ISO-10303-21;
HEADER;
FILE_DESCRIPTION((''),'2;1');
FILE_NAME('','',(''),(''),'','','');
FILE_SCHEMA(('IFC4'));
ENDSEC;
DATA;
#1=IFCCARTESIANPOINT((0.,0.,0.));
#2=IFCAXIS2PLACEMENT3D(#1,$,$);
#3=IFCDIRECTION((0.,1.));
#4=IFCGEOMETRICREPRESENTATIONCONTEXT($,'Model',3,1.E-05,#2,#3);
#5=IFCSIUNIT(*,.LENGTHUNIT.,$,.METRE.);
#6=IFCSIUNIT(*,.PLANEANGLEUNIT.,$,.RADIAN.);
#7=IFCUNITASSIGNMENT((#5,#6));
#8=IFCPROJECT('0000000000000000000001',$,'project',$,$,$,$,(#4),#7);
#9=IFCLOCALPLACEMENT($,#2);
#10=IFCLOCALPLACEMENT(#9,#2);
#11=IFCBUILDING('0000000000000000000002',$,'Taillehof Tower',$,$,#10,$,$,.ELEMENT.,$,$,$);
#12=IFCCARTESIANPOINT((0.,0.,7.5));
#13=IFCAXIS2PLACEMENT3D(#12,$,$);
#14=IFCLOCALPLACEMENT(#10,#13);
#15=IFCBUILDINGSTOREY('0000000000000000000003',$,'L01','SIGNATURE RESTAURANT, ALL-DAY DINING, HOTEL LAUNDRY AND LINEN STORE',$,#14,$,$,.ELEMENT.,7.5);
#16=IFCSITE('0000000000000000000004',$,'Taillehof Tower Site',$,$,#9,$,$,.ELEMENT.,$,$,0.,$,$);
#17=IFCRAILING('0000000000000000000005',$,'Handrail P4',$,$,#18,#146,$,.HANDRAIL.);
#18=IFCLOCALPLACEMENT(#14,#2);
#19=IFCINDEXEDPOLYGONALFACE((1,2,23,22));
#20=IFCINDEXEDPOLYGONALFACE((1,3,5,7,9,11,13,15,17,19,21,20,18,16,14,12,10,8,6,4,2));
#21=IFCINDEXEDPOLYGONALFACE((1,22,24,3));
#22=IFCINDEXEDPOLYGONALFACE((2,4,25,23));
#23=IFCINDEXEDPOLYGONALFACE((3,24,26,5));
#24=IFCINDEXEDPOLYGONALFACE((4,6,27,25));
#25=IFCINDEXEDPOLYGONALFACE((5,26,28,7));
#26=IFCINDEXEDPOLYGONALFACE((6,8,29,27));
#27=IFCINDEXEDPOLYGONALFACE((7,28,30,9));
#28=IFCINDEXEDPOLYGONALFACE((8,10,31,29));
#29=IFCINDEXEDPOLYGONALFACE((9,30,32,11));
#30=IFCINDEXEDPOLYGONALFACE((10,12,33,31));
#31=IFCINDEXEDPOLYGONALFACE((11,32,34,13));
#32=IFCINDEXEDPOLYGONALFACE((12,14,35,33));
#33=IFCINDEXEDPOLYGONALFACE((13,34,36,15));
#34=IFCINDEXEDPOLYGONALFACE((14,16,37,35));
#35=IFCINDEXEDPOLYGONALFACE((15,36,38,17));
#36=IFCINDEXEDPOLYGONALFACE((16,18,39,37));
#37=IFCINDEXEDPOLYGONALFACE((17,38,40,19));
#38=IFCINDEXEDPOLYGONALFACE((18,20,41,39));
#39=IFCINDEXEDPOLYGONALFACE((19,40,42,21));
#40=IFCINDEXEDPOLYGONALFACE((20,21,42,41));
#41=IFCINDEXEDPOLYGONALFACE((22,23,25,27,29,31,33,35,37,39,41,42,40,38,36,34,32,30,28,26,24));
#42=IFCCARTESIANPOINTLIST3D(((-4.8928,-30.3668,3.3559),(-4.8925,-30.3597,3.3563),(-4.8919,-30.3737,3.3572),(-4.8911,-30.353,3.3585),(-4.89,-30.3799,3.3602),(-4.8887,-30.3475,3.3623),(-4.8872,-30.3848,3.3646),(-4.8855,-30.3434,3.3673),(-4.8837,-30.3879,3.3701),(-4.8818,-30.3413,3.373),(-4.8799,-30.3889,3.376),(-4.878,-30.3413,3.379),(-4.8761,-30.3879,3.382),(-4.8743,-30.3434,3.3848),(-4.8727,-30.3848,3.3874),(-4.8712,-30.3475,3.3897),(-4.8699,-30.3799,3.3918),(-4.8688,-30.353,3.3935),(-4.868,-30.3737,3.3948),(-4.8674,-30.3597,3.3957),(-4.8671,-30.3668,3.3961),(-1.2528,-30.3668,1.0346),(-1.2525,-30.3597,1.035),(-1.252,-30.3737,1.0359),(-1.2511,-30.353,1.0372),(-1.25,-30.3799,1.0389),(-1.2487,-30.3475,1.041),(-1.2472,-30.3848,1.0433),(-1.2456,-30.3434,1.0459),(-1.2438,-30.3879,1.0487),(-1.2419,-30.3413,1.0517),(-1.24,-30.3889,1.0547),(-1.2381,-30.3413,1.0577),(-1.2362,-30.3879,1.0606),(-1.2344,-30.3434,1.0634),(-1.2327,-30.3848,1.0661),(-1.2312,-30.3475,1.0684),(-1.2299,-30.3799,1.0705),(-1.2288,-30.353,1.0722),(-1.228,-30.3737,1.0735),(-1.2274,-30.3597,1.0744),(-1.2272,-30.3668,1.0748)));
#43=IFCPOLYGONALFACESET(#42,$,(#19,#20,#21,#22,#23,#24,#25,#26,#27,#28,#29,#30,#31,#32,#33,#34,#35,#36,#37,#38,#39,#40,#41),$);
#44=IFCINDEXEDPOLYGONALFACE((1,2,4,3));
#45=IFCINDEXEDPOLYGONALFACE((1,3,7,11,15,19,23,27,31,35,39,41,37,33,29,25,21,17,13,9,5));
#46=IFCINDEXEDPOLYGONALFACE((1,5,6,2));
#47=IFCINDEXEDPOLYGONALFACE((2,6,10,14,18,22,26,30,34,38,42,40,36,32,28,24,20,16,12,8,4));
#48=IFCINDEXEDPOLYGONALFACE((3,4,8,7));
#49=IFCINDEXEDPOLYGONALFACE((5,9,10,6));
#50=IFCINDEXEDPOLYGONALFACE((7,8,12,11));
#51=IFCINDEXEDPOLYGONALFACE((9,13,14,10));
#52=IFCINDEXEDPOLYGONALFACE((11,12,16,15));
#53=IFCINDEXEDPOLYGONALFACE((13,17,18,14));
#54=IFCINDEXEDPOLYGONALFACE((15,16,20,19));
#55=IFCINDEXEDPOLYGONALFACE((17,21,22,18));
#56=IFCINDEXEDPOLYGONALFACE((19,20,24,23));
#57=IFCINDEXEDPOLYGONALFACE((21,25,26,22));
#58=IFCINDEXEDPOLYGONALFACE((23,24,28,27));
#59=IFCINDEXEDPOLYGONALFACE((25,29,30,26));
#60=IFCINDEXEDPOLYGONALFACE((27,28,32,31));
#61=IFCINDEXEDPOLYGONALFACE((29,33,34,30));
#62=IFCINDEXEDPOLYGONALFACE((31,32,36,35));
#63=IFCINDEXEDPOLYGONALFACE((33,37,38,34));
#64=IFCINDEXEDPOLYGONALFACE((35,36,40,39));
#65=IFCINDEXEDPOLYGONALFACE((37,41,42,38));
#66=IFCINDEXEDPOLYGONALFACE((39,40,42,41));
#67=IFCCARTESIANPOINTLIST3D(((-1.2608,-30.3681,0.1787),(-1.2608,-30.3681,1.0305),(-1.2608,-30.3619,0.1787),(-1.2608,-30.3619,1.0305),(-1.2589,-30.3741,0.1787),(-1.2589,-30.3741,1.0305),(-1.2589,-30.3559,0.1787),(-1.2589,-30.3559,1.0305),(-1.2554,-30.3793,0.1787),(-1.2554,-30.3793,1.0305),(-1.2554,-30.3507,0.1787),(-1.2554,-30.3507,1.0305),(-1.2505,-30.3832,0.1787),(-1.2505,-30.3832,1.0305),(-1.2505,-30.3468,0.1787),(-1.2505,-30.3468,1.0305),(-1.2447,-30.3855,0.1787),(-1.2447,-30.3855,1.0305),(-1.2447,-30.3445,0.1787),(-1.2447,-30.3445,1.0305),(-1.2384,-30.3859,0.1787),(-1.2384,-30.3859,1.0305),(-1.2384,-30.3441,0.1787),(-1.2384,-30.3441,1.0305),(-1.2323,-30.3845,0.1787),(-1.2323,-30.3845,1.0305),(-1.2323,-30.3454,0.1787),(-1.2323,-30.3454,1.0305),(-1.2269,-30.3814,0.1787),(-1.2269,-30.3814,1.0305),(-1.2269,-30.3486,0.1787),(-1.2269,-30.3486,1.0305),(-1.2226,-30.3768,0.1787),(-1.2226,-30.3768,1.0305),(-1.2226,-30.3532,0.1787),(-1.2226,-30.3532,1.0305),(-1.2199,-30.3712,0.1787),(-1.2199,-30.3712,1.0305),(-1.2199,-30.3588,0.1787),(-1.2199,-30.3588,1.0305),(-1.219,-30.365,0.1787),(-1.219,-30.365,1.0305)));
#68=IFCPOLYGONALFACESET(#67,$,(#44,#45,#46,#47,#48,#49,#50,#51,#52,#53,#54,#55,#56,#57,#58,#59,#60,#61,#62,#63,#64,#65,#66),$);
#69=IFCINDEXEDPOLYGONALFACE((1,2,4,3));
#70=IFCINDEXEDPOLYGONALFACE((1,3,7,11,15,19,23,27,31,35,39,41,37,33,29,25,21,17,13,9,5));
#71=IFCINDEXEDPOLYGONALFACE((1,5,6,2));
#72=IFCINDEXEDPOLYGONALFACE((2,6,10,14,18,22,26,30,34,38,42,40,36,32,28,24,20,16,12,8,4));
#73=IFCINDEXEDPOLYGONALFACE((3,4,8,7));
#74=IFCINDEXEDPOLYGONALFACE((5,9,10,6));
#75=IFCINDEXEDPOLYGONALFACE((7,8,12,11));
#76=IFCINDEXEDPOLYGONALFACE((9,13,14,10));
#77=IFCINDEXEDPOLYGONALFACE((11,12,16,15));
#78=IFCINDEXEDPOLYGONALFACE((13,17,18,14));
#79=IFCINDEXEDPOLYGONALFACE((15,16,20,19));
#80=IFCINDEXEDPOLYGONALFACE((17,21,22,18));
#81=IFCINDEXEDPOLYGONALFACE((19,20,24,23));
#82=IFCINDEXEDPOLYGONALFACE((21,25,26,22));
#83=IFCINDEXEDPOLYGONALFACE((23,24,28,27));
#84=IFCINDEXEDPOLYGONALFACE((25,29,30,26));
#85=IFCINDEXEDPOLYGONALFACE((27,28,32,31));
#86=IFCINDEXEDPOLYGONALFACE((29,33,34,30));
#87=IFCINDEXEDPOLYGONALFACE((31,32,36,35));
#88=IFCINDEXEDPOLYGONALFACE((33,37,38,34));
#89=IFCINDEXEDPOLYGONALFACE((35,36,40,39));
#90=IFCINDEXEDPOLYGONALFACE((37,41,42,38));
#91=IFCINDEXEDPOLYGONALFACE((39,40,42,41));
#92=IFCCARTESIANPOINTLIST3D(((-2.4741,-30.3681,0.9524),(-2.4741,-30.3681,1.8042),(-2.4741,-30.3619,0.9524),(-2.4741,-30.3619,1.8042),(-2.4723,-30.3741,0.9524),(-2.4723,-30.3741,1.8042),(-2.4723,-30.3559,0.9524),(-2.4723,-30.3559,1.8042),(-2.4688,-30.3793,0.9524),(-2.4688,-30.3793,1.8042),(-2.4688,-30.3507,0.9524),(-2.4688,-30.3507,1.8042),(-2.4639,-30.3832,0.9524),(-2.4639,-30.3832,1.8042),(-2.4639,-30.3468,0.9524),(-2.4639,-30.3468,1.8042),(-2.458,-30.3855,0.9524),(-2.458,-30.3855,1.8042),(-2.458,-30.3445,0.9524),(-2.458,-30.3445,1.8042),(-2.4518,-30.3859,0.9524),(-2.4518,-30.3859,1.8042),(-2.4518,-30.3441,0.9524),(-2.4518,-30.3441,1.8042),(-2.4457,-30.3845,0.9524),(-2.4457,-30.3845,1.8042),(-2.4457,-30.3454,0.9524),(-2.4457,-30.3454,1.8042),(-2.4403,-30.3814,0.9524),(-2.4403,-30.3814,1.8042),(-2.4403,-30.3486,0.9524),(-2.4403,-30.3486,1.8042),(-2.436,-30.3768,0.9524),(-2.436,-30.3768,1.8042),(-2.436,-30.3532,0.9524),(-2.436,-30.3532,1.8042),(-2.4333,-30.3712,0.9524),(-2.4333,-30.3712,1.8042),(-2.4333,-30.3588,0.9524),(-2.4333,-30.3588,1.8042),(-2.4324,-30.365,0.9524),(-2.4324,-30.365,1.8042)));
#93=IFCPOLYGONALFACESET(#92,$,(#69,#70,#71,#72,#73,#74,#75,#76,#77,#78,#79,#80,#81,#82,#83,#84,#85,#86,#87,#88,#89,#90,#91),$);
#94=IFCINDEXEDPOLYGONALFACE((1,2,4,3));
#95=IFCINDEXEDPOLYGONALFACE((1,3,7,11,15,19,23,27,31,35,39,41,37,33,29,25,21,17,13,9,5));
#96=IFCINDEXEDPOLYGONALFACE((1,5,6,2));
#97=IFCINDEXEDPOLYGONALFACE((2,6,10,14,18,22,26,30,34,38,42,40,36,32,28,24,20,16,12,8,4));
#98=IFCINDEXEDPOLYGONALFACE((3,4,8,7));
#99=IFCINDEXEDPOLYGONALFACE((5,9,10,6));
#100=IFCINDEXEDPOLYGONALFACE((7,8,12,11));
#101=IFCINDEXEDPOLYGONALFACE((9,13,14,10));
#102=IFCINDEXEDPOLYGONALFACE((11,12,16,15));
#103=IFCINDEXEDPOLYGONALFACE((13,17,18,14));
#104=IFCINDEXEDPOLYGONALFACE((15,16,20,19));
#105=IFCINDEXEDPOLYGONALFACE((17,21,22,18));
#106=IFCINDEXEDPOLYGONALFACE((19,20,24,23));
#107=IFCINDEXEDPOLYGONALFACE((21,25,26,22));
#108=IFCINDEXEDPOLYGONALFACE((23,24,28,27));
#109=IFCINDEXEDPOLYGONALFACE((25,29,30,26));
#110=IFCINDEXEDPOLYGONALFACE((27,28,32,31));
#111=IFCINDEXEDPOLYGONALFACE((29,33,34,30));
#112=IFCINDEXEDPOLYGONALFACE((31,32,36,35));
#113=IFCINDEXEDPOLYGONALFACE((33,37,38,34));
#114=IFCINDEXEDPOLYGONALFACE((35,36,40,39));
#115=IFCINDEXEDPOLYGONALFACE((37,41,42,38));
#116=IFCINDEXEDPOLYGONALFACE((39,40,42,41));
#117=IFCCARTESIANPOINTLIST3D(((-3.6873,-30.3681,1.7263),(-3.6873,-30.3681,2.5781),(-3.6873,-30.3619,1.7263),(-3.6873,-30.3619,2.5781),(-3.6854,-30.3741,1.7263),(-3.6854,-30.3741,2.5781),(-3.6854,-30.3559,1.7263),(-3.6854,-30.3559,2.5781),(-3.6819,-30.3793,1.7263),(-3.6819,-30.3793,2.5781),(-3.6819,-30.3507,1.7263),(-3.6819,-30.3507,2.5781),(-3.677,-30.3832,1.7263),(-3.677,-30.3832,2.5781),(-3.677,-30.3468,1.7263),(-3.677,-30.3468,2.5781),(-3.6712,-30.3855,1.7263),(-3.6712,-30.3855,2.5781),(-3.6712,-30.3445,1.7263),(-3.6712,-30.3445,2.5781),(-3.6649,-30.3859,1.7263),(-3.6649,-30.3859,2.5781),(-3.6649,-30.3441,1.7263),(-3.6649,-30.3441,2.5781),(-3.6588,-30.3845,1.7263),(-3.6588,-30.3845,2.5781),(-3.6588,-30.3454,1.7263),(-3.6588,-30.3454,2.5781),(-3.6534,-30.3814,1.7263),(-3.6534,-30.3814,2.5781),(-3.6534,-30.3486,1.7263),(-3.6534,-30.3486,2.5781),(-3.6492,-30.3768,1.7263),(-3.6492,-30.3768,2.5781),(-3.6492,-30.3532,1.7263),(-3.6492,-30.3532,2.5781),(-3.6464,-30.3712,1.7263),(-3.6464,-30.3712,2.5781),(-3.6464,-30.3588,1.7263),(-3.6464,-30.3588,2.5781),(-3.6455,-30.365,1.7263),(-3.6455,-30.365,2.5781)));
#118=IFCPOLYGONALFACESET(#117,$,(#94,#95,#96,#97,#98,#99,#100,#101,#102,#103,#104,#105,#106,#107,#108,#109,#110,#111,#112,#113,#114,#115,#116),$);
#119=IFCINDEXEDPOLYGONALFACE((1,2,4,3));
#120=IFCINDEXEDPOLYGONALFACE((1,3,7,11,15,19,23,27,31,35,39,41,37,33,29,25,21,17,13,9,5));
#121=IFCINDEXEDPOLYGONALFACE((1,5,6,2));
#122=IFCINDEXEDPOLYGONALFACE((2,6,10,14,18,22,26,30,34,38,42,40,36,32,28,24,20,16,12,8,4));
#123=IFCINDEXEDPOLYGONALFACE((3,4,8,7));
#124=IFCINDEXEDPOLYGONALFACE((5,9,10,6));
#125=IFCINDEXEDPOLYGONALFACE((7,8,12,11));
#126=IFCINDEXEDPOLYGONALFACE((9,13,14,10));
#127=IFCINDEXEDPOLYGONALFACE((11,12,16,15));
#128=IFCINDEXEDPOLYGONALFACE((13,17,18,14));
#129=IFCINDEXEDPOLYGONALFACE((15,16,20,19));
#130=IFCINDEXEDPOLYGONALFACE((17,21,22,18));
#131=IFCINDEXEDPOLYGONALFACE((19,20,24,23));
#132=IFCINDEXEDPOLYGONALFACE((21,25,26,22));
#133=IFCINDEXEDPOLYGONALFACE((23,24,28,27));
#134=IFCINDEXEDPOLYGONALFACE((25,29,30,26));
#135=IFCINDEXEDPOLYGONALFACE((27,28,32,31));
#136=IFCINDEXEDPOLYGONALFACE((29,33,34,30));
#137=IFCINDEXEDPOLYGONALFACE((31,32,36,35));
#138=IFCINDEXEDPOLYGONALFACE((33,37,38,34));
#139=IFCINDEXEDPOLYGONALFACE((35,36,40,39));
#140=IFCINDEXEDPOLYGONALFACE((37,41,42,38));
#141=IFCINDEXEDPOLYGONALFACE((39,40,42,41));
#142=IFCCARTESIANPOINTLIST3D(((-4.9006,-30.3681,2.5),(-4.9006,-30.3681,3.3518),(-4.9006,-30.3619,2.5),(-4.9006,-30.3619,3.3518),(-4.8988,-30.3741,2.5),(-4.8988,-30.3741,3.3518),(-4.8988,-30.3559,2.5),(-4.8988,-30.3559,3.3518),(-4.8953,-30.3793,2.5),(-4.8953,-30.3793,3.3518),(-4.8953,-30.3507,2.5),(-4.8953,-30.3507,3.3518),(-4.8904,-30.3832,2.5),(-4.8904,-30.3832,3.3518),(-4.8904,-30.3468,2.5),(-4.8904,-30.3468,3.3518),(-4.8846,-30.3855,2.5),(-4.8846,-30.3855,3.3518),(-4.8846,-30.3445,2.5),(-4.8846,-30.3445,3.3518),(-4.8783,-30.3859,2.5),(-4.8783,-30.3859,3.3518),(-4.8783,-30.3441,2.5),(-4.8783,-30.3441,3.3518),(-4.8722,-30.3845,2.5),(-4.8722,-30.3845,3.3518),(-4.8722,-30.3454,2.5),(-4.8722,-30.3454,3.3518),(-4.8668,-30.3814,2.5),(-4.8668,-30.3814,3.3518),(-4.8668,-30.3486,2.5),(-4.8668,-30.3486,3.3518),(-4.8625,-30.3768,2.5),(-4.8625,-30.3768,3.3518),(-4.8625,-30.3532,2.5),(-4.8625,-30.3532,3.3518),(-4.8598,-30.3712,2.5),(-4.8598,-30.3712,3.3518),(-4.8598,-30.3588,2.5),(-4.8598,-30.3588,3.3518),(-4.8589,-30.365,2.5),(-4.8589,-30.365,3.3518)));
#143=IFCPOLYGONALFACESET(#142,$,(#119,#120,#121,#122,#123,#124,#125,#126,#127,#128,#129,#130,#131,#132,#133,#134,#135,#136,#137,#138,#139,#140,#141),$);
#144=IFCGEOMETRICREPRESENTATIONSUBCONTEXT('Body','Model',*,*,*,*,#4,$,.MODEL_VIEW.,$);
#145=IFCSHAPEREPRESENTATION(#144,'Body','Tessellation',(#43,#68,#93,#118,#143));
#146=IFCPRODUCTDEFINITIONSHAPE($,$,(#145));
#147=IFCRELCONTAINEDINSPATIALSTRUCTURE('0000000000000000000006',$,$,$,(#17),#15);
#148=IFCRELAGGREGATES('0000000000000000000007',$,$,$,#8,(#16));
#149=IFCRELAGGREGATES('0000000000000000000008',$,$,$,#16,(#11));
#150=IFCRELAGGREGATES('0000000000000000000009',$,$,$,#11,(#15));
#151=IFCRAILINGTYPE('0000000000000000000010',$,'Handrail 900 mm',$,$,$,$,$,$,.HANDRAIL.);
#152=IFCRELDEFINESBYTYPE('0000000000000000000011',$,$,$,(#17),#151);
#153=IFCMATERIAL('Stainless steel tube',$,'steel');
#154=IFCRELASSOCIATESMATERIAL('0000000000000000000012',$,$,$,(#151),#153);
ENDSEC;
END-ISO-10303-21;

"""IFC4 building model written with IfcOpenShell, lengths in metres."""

from ifc_helpers import new_model, si_unit, direction, frame, origin, origin_2d, place, context, subcontext, project, spatial, circle, extrude, material, type_object, element, save


model = new_model("IFC4")

# Units and contexts
model_context = context("Model", 3, precision=1e-05, world=origin(), true_north=direction((0.0, 1.0)))
body_context = subcontext(model_context, "Body", "Model", "MODEL_VIEW")
ifc_project = project(units=[si_unit("LENGTHUNIT", "METRE"), si_unit("PLANEANGLEUNIT", "RADIAN")], contexts=[model_context])

# Site, building, storey
site_placement = place(None, origin())
site = spatial("IfcSite", under=ifc_project, at=site_placement, Name="Taillehof Tower Site", CompositionType="ELEMENT", RefElevation=0.0)
building_placement = place(site_placement, origin())
building = spatial("IfcBuilding", under=site, at=building_placement, Name="Taillehof Tower", CompositionType="ELEMENT")
storey_placement = place(building_placement, frame((0.0, 0.0, 7.5)))
storey = spatial("IfcBuildingStorey", under=building, at=storey_placement, Name="L01", Description="SIGNATURE RESTAURANT, ALL-DAY DINING, HOTEL LAUNDRY AND LINEN STORE", CompositionType="ELEMENT", Elevation=7.5)

# Railing
ifc_material_1 = material(Name="Stainless steel tube", Category="steel")
railing_type = type_object("IfcRailingType", Name="Handrail 900 mm", PredefinedType="HANDRAIL", material=ifc_material_1)
for number, where, name in (
    (1, (-1.24, -30.365, 0.1787), "Handrail P4"),
):
    element("IfcRailing", number, at=place(storey_placement, frame(where)), inside=storey, type_object=railing_type, Name=name, PredefinedType="HANDRAIL", context=body_context, shape_type="SweptSolid", body=[
        extrude(circle(Radius=0.0239, at=origin_2d()), frame((0.0, 0.0, 0.876), z_axis=(-0.843137, 0.0, 0.537699), x_axis=(0.0, -1.0, 0.0)), (0.0, 0.0, 1.0), 4.3171),
        extrude(circle(Radius=0.021, at=origin_2d()), origin(), (0.0, 0.0, 1.0), 0.8518),
        extrude(circle(Radius=0.021, at=origin_2d()), frame((-1.2134, 0.0, 0.7737)), (0.0, 0.0, 1.0), 0.8518),
        extrude(circle(Radius=0.021, at=origin_2d()), frame((-2.4265, 0.0, 1.5476)), (0.0, 0.0, 1.0), 0.8518),
        extrude(circle(Radius=0.021, at=origin_2d()), frame((-3.6399, 0.0, 2.3213)), (0.0, 0.0, 1.0), 0.8518),
    ])

save(model, "model.ifc")
